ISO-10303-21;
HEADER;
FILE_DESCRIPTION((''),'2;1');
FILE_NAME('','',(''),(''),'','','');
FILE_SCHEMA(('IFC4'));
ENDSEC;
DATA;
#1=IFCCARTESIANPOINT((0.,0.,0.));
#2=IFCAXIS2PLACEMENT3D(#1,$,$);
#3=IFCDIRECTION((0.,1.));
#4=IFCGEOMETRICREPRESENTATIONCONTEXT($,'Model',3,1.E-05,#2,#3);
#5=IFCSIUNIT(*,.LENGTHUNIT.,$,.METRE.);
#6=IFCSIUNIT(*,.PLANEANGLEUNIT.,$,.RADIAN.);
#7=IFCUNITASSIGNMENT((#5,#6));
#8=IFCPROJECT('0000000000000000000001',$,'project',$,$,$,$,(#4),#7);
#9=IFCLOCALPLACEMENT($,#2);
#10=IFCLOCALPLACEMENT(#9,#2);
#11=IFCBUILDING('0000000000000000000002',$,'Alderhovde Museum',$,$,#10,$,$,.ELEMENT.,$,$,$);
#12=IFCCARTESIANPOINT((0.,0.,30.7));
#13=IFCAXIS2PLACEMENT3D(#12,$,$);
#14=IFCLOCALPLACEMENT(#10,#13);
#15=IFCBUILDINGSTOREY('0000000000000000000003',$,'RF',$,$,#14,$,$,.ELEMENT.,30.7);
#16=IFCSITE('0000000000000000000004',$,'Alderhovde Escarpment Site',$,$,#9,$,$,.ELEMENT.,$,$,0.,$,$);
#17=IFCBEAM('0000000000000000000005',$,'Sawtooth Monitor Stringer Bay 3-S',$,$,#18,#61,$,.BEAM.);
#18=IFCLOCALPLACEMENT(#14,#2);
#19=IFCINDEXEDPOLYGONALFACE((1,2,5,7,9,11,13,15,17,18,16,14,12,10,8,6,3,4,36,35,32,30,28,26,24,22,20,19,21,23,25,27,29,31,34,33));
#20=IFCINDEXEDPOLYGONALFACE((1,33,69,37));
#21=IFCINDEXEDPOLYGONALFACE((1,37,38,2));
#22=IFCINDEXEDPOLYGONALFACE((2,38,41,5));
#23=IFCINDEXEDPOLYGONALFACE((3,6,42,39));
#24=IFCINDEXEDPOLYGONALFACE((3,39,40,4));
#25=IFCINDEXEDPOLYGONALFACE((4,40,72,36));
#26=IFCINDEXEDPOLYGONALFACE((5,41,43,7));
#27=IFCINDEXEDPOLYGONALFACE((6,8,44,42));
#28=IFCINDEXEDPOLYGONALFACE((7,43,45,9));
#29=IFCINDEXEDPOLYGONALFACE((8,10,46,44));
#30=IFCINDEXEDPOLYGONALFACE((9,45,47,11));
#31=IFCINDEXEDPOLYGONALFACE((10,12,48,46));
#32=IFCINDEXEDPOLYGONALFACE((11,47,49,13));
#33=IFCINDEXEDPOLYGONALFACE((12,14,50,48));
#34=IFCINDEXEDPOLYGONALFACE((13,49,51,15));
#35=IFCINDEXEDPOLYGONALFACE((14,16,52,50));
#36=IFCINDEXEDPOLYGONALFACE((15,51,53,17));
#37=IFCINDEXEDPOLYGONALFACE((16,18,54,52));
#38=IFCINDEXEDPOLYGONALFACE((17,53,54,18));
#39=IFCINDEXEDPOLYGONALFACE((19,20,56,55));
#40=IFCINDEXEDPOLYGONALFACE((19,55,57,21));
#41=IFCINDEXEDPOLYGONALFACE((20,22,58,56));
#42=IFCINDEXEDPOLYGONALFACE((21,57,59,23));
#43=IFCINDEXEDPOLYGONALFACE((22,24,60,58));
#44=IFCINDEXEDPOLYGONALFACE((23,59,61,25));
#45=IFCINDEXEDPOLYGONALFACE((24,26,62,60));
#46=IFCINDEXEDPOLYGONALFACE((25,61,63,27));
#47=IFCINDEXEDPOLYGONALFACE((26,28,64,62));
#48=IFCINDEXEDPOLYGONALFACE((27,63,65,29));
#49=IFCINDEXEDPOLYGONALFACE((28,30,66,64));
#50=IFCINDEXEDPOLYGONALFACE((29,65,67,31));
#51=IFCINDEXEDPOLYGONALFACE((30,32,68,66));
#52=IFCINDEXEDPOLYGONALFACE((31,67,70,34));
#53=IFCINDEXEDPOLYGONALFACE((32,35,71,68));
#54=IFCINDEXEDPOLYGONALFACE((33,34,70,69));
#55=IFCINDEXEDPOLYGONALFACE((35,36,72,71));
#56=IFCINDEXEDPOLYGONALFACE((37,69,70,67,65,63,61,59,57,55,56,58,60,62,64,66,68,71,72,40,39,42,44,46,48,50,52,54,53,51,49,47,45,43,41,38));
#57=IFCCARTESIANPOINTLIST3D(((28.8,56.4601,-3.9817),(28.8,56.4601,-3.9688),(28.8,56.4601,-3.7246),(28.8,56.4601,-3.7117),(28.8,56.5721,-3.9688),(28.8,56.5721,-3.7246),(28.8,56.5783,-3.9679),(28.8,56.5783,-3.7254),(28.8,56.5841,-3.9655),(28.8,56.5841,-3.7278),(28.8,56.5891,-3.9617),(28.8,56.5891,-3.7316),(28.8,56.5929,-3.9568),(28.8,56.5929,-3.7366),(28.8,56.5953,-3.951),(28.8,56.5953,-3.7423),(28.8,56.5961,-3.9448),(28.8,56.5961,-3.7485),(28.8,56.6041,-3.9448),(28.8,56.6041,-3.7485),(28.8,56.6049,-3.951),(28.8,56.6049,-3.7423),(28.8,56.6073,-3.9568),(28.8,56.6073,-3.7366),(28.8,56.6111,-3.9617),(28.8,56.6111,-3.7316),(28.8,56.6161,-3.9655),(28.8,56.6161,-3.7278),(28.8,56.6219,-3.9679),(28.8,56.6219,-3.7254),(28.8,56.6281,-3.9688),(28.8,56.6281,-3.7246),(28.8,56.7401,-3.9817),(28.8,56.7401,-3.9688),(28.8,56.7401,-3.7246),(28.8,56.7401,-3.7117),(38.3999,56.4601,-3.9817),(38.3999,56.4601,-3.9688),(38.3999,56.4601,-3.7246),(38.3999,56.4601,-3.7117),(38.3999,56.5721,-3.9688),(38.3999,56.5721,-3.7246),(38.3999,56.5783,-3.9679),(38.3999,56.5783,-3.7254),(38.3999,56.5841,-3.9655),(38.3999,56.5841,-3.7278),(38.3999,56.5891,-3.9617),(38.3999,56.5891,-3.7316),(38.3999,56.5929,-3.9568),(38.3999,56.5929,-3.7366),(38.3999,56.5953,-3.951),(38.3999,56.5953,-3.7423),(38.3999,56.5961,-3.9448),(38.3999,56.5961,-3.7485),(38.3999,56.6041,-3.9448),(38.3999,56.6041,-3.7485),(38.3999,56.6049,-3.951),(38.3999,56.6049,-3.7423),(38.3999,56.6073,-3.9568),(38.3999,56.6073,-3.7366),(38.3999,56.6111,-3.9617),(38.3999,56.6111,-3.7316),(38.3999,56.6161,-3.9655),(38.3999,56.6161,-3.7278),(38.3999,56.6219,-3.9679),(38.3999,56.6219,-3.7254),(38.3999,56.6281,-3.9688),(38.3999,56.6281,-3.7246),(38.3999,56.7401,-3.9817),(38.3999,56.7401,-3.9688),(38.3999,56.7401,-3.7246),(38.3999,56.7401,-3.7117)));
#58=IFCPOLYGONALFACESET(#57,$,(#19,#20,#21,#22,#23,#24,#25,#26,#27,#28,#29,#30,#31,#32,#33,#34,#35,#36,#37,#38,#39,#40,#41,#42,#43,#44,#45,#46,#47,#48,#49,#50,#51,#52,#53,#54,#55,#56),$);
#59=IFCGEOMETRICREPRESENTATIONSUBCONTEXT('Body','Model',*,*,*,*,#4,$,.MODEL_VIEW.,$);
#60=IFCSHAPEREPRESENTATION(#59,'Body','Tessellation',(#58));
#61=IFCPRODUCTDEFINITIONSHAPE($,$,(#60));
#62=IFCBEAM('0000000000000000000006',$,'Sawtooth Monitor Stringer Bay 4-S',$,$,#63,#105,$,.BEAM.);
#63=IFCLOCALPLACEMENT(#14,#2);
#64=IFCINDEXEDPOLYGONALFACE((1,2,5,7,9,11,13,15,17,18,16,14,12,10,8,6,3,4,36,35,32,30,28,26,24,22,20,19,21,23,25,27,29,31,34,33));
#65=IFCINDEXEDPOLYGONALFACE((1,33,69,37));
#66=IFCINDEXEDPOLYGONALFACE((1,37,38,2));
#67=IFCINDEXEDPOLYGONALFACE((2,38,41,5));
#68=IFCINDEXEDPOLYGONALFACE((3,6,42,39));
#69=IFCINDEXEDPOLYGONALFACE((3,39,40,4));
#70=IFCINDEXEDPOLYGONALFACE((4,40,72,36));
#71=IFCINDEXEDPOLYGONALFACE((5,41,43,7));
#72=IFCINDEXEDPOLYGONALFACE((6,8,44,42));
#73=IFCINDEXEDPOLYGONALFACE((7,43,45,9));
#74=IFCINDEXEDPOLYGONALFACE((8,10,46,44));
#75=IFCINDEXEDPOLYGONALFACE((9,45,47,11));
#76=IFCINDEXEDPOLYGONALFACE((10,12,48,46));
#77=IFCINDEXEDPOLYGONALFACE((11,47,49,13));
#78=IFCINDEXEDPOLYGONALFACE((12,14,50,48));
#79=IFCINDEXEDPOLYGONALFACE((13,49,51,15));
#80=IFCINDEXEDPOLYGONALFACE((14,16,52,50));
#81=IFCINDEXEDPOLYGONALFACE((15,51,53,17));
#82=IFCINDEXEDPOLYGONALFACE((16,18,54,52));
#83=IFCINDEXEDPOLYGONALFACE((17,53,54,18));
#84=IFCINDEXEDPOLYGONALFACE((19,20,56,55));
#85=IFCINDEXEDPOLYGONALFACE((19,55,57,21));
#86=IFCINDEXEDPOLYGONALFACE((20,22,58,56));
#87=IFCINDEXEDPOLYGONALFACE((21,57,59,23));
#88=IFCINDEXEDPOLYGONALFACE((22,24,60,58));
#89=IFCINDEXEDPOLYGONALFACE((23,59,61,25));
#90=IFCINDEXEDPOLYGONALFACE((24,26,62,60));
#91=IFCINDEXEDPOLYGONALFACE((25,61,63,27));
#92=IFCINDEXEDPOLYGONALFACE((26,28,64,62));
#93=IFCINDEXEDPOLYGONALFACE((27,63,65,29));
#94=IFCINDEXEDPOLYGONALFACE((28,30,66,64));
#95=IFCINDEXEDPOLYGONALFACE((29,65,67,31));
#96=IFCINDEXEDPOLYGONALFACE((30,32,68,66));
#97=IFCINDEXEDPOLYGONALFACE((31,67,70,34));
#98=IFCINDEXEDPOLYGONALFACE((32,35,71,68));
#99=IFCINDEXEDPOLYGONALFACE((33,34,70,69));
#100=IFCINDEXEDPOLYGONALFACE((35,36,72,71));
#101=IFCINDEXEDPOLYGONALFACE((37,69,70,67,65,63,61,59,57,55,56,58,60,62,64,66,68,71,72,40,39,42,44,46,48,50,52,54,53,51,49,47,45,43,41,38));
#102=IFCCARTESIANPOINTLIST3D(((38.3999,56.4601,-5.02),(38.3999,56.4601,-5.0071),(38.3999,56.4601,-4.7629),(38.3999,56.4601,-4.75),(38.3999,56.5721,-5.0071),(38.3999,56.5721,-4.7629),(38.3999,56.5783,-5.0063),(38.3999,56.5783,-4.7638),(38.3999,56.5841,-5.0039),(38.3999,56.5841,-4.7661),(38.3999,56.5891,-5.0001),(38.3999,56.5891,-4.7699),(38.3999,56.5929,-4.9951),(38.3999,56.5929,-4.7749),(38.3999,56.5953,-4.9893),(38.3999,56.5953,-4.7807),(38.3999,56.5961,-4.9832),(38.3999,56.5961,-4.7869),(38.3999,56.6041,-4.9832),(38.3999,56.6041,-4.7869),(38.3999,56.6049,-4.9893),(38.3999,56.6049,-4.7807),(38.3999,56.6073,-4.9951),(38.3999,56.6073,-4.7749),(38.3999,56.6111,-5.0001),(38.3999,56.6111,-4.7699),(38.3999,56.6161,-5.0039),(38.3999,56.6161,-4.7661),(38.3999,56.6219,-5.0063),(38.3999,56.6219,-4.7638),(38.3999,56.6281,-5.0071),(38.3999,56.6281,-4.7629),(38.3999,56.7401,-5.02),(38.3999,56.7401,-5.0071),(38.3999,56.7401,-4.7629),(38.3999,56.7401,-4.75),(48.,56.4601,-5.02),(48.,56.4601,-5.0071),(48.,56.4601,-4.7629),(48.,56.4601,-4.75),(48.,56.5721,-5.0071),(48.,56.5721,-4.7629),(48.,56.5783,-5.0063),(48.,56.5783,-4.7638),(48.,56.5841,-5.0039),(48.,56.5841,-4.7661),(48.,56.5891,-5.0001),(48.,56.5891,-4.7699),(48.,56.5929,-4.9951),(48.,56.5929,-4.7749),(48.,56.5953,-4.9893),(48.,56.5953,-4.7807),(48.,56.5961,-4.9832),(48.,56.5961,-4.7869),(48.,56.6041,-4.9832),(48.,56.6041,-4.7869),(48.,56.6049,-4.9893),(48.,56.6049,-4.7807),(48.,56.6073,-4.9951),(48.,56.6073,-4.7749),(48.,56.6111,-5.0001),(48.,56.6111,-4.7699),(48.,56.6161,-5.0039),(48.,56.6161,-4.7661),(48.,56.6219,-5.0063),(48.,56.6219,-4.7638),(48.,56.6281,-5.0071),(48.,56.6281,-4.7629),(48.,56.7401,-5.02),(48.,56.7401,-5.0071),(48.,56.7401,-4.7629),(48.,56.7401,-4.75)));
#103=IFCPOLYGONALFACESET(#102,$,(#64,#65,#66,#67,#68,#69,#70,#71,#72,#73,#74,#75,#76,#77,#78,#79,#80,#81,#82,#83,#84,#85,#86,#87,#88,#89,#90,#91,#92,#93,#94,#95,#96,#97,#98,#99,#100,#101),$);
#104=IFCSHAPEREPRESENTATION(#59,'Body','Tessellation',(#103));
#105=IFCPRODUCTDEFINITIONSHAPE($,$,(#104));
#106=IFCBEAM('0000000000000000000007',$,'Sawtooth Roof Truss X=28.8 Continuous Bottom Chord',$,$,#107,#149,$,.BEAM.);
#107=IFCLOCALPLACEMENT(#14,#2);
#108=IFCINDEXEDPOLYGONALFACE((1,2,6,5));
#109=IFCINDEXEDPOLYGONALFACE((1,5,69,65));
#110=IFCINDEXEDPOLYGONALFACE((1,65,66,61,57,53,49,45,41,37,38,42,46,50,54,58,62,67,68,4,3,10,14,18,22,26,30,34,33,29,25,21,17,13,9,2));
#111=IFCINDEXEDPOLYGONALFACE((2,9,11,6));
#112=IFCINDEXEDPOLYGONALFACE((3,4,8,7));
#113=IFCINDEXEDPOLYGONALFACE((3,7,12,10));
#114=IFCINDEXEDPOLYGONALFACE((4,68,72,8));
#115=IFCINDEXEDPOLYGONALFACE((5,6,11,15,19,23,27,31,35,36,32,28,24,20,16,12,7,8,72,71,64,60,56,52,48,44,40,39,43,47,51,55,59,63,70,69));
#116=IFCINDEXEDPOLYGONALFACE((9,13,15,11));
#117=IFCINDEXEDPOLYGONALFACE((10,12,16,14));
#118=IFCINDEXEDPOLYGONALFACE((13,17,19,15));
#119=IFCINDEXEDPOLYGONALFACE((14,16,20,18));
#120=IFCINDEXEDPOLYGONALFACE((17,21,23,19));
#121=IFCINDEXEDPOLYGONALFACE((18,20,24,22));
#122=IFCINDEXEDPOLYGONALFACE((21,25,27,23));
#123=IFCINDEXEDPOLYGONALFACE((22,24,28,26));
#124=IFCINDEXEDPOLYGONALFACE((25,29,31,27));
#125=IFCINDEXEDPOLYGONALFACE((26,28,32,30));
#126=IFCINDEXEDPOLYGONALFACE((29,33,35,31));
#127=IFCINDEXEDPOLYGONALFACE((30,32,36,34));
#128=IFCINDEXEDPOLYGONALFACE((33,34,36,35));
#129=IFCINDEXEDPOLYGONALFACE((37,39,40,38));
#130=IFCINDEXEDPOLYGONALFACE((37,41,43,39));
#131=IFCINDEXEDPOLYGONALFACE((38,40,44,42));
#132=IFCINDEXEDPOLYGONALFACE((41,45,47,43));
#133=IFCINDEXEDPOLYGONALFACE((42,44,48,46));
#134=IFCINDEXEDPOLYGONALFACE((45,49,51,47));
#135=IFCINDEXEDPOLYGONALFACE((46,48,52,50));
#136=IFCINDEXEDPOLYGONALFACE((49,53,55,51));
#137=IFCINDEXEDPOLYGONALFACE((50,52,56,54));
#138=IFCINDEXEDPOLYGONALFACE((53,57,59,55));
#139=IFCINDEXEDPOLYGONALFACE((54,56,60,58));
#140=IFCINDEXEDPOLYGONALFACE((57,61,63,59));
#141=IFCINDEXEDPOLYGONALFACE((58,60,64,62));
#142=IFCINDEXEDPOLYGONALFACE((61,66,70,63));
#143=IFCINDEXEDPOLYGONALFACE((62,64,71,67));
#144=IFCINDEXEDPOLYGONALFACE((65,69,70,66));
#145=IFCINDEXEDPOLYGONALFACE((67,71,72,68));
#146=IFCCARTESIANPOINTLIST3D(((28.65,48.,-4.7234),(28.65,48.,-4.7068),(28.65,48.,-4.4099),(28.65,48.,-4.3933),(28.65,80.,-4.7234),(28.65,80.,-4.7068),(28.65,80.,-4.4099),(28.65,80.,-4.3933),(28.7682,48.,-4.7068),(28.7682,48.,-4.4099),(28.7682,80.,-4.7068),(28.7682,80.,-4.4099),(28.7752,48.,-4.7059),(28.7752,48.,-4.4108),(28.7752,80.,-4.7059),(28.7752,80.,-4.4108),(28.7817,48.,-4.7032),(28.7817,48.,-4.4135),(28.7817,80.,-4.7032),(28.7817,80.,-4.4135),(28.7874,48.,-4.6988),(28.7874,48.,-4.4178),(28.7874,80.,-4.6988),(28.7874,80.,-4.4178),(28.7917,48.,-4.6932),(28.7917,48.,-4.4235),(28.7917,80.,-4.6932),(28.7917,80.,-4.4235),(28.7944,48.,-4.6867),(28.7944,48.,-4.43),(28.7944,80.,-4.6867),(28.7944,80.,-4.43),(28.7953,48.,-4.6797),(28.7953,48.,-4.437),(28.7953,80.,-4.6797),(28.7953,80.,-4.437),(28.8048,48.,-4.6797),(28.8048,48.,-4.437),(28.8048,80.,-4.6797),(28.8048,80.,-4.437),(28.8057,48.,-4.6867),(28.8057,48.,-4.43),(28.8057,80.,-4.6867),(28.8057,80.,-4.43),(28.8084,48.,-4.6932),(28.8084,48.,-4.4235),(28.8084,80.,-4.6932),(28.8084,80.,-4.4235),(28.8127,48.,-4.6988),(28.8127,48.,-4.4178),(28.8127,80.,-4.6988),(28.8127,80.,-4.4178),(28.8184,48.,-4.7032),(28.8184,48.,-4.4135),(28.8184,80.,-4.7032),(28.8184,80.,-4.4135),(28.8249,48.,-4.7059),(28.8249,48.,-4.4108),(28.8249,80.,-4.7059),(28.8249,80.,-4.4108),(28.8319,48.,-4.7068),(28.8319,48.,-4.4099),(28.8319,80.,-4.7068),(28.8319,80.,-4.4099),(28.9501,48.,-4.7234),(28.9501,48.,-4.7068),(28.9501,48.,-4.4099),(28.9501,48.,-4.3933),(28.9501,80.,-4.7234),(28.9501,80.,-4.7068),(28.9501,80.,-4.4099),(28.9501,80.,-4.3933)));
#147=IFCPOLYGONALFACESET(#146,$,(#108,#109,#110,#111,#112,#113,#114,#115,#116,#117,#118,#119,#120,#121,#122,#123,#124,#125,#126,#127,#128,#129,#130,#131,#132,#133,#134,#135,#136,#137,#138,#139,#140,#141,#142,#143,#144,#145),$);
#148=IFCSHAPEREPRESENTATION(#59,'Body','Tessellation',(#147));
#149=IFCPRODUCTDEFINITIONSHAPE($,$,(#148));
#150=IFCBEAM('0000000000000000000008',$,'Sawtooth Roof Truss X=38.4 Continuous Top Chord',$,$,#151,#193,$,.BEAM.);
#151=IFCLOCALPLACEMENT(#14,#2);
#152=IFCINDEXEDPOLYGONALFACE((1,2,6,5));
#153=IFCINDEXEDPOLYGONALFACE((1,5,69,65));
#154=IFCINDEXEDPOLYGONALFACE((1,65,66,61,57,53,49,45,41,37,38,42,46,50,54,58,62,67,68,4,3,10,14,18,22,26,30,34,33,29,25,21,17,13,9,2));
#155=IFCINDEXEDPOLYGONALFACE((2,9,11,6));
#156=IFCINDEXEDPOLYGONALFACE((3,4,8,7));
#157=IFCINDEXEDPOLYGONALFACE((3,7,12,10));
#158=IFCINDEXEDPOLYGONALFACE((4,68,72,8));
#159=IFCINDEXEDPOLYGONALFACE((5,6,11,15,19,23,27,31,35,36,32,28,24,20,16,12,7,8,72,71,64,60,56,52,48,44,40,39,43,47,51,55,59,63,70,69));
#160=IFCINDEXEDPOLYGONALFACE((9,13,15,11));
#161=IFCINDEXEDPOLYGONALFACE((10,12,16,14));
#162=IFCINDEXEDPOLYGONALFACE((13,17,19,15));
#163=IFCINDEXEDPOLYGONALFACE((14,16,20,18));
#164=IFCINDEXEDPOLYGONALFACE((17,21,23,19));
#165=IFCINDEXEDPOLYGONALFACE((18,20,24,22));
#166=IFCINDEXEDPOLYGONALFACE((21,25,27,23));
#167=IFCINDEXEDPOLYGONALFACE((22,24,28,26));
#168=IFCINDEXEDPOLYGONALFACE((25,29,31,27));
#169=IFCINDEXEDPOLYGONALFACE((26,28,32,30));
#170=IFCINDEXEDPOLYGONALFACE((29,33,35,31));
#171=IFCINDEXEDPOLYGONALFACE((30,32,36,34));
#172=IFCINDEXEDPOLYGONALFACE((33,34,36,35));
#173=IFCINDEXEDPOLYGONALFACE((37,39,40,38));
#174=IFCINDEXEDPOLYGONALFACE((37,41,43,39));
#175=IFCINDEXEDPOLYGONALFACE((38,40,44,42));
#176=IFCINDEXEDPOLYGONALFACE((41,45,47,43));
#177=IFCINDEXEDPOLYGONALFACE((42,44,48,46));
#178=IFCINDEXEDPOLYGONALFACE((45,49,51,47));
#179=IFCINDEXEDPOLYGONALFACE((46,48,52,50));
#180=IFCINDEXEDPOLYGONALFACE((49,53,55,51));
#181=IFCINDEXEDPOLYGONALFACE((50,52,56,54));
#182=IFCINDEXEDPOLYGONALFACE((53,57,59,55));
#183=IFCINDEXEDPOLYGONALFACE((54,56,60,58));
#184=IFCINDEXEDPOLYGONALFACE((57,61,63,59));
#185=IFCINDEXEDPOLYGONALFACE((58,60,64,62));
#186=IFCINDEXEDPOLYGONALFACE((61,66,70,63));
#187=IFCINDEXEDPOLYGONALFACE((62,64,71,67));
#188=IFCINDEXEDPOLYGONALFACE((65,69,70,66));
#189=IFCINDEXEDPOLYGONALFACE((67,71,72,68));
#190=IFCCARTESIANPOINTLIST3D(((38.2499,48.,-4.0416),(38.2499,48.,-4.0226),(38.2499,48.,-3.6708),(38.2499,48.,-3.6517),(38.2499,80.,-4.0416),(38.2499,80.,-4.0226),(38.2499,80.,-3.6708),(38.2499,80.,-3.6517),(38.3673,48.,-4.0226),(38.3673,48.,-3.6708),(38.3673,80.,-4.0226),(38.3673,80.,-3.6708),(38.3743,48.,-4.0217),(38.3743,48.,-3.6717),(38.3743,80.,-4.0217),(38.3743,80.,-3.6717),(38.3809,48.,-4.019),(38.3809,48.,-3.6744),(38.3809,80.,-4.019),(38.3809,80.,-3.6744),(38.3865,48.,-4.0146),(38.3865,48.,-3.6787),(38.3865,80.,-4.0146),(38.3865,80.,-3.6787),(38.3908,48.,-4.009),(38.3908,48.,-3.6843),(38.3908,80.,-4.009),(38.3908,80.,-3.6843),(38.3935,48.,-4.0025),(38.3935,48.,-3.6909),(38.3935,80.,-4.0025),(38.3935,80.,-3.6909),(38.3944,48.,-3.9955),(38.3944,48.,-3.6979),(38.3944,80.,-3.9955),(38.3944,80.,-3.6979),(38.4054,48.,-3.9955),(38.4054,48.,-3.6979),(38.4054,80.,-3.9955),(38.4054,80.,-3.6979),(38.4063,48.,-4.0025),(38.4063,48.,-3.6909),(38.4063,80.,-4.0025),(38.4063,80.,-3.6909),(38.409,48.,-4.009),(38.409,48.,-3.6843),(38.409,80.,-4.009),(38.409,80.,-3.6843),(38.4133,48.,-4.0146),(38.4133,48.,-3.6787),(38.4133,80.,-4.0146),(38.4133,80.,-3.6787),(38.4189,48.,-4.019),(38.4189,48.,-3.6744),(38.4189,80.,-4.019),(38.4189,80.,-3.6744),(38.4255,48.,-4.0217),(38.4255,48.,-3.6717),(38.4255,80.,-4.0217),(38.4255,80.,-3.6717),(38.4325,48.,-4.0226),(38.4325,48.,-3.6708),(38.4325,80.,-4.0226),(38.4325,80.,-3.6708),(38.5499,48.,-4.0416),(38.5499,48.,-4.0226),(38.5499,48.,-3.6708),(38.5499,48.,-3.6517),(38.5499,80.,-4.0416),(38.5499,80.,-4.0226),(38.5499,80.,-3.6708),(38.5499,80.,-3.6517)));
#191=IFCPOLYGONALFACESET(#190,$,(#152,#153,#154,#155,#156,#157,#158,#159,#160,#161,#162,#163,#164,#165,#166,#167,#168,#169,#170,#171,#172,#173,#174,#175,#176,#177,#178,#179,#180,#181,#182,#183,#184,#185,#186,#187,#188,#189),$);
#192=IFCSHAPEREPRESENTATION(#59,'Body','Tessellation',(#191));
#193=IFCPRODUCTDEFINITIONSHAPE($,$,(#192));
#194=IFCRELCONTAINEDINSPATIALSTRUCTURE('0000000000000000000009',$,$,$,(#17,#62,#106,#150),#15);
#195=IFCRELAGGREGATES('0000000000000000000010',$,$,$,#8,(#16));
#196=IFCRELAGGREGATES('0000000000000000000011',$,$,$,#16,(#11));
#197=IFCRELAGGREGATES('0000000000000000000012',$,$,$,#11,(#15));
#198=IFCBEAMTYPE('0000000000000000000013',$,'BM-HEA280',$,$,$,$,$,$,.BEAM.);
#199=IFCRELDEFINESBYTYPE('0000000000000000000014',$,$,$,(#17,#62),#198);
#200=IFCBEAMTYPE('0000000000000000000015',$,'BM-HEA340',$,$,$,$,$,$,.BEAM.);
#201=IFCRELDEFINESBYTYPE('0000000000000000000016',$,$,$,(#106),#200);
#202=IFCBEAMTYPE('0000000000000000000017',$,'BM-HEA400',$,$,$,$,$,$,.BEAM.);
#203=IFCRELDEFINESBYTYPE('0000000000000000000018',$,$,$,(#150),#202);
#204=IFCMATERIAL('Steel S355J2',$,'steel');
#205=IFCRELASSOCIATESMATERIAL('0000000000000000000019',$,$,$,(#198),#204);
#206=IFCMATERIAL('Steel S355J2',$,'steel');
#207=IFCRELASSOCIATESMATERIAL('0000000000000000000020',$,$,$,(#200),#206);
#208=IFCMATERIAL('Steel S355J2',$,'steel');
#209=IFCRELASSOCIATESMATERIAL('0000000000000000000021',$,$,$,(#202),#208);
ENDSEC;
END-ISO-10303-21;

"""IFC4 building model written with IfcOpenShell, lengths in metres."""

from ifc_helpers import new_model, si_unit, direction, frame, origin, origin_2d, place, context, subcontext, project, spatial, i_section, extrude, material, material_profile, profile_set, type_object, element, save


model = new_model("IFC4")

# Units and contexts
model_context = context("Model", 3, precision=1e-05, world=origin(), true_north=direction((0.0, 1.0)))
body_context = subcontext(model_context, "Body", "Model", "MODEL_VIEW")
ifc_project = project(units=[si_unit("LENGTHUNIT", "METRE"), si_unit("PLANEANGLEUNIT", "RADIAN")], contexts=[model_context])

# Site, building, storey
site_placement = place(None, origin())
site = spatial("IfcSite", under=ifc_project, at=site_placement, Name="Alderhovde Escarpment Site", CompositionType="ELEMENT", RefElevation=0.0)
building_placement = place(site_placement, origin())
building = spatial("IfcBuilding", under=site, at=building_placement, Name="Alderhovde Museum", CompositionType="ELEMENT")
storey_placement = place(building_placement, frame((0.0, 0.0, 30.7)))
storey = spatial("IfcBuildingStorey", under=building, at=storey_placement, Name="RF", CompositionType="ELEMENT", Elevation=30.7)

# Beams
ifc_material_1 = material(Name="Steel S355J2", Category="steel")
ifc_material_profile_1 = material_profile(ifc_material_1, i_section(OverallWidth=0.28, OverallDepth=0.27, WebThickness=0.0081, FlangeThickness=0.0129, FilletRadius=0.0239, at=origin_2d()), Name="HEA 280")
ifc_profile_set_1 = profile_set([ifc_material_profile_1], Name="Steel S355J2")
beam_type_1 = type_object("IfcBeamType", Name="BM-HEA280", PredefinedType="BEAM", material=ifc_profile_set_1)
beam_1_placement = place(storey_placement, frame((28.8, 56.6001, -3.8467), z_axis=(1.0, 0.0, 0.0), x_axis=(0.0, 1.0, 0.0)))
element("IfcBeam", 1, at=beam_1_placement, inside=storey, type_object=beam_type_1, Name="Sawtooth Monitor Stringer Bay 3-S", PredefinedType="BEAM", context=body_context, shape_type="SweptSolid", body=[
    extrude(i_section(OverallWidth=0.28, OverallDepth=0.27, WebThickness=0.0081, FlangeThickness=0.0129, FilletRadius=0.0239, at=origin_2d()), origin(), (0.0, 0.0, 1.0), 9.5999),
])
beam_2_placement = place(storey_placement, frame((38.3999, 56.6001, -4.885), z_axis=(1.0, 0.0, 0.0), x_axis=(0.0, 1.0, 0.0)))
element("IfcBeam", 2, at=beam_2_placement, inside=storey, type_object=beam_type_1, Name="Sawtooth Monitor Stringer Bay 4-S", PredefinedType="BEAM", context=body_context, shape_type="SweptSolid", body=[
    extrude(i_section(OverallWidth=0.28, OverallDepth=0.27, WebThickness=0.0081, FlangeThickness=0.0129, FilletRadius=0.0239, at=origin_2d()), origin(), (0.0, 0.0, 1.0), 9.6001),
])
ifc_material_2 = material(Name="Steel S355J2", Category="steel")
ifc_material_profile_2 = material_profile(ifc_material_2, i_section(OverallWidth=0.3, OverallDepth=0.3301, WebThickness=0.0095, FlangeThickness=0.0166, FilletRadius=0.0271, at=origin_2d()), Name="HEA 340")
ifc_profile_set_2 = profile_set([ifc_material_profile_2], Name="Steel S355J2")
beam_type_2 = type_object("IfcBeamType", Name="BM-HEA340", PredefinedType="BEAM", material=ifc_profile_set_2)
beam_3_placement = place(storey_placement, frame((28.8, 48.0, -4.5583), z_axis=(0.0, 1.0, 0.0), x_axis=(-1.0, 0.0, 0.0)))
element("IfcBeam", 3, at=beam_3_placement, inside=storey, type_object=beam_type_2, Name="Sawtooth Roof Truss X=28.8 Continuous Bottom Chord", PredefinedType="BEAM", context=body_context, shape_type="SweptSolid", body=[
    extrude(i_section(OverallWidth=0.3, OverallDepth=0.3301, WebThickness=0.0095, FlangeThickness=0.0166, FilletRadius=0.0271, at=origin_2d()), origin(), (0.0, 0.0, 1.0), 32.0),
])
ifc_material_3 = material(Name="Steel S355J2", Category="steel")
ifc_material_profile_3 = material_profile(ifc_material_3, i_section(OverallWidth=0.3, OverallDepth=0.3899, WebThickness=0.011, FlangeThickness=0.019, FilletRadius=0.0271, at=origin_2d()), Name="HEA 400")
ifc_profile_set_3 = profile_set([ifc_material_profile_3], Name="Steel S355J2")
beam_type_3 = type_object("IfcBeamType", Name="BM-HEA400", PredefinedType="BEAM", material=ifc_profile_set_3)
beam_4_placement = place(storey_placement, frame((38.3999, 48.0, -3.8467), z_axis=(0.0, 1.0, 0.0), x_axis=(-1.0, 0.0, 0.0)))
element("IfcBeam", 4, at=beam_4_placement, inside=storey, type_object=beam_type_3, Name="Sawtooth Roof Truss X=38.4 Continuous Top Chord", PredefinedType="BEAM", context=body_context, shape_type="SweptSolid", body=[
    extrude(i_section(OverallWidth=0.3, OverallDepth=0.3899, WebThickness=0.011, FlangeThickness=0.019, FilletRadius=0.0271, at=origin_2d()), origin(), (0.0, 0.0, 1.0), 32.0),
])

save(model, "model.ifc")
